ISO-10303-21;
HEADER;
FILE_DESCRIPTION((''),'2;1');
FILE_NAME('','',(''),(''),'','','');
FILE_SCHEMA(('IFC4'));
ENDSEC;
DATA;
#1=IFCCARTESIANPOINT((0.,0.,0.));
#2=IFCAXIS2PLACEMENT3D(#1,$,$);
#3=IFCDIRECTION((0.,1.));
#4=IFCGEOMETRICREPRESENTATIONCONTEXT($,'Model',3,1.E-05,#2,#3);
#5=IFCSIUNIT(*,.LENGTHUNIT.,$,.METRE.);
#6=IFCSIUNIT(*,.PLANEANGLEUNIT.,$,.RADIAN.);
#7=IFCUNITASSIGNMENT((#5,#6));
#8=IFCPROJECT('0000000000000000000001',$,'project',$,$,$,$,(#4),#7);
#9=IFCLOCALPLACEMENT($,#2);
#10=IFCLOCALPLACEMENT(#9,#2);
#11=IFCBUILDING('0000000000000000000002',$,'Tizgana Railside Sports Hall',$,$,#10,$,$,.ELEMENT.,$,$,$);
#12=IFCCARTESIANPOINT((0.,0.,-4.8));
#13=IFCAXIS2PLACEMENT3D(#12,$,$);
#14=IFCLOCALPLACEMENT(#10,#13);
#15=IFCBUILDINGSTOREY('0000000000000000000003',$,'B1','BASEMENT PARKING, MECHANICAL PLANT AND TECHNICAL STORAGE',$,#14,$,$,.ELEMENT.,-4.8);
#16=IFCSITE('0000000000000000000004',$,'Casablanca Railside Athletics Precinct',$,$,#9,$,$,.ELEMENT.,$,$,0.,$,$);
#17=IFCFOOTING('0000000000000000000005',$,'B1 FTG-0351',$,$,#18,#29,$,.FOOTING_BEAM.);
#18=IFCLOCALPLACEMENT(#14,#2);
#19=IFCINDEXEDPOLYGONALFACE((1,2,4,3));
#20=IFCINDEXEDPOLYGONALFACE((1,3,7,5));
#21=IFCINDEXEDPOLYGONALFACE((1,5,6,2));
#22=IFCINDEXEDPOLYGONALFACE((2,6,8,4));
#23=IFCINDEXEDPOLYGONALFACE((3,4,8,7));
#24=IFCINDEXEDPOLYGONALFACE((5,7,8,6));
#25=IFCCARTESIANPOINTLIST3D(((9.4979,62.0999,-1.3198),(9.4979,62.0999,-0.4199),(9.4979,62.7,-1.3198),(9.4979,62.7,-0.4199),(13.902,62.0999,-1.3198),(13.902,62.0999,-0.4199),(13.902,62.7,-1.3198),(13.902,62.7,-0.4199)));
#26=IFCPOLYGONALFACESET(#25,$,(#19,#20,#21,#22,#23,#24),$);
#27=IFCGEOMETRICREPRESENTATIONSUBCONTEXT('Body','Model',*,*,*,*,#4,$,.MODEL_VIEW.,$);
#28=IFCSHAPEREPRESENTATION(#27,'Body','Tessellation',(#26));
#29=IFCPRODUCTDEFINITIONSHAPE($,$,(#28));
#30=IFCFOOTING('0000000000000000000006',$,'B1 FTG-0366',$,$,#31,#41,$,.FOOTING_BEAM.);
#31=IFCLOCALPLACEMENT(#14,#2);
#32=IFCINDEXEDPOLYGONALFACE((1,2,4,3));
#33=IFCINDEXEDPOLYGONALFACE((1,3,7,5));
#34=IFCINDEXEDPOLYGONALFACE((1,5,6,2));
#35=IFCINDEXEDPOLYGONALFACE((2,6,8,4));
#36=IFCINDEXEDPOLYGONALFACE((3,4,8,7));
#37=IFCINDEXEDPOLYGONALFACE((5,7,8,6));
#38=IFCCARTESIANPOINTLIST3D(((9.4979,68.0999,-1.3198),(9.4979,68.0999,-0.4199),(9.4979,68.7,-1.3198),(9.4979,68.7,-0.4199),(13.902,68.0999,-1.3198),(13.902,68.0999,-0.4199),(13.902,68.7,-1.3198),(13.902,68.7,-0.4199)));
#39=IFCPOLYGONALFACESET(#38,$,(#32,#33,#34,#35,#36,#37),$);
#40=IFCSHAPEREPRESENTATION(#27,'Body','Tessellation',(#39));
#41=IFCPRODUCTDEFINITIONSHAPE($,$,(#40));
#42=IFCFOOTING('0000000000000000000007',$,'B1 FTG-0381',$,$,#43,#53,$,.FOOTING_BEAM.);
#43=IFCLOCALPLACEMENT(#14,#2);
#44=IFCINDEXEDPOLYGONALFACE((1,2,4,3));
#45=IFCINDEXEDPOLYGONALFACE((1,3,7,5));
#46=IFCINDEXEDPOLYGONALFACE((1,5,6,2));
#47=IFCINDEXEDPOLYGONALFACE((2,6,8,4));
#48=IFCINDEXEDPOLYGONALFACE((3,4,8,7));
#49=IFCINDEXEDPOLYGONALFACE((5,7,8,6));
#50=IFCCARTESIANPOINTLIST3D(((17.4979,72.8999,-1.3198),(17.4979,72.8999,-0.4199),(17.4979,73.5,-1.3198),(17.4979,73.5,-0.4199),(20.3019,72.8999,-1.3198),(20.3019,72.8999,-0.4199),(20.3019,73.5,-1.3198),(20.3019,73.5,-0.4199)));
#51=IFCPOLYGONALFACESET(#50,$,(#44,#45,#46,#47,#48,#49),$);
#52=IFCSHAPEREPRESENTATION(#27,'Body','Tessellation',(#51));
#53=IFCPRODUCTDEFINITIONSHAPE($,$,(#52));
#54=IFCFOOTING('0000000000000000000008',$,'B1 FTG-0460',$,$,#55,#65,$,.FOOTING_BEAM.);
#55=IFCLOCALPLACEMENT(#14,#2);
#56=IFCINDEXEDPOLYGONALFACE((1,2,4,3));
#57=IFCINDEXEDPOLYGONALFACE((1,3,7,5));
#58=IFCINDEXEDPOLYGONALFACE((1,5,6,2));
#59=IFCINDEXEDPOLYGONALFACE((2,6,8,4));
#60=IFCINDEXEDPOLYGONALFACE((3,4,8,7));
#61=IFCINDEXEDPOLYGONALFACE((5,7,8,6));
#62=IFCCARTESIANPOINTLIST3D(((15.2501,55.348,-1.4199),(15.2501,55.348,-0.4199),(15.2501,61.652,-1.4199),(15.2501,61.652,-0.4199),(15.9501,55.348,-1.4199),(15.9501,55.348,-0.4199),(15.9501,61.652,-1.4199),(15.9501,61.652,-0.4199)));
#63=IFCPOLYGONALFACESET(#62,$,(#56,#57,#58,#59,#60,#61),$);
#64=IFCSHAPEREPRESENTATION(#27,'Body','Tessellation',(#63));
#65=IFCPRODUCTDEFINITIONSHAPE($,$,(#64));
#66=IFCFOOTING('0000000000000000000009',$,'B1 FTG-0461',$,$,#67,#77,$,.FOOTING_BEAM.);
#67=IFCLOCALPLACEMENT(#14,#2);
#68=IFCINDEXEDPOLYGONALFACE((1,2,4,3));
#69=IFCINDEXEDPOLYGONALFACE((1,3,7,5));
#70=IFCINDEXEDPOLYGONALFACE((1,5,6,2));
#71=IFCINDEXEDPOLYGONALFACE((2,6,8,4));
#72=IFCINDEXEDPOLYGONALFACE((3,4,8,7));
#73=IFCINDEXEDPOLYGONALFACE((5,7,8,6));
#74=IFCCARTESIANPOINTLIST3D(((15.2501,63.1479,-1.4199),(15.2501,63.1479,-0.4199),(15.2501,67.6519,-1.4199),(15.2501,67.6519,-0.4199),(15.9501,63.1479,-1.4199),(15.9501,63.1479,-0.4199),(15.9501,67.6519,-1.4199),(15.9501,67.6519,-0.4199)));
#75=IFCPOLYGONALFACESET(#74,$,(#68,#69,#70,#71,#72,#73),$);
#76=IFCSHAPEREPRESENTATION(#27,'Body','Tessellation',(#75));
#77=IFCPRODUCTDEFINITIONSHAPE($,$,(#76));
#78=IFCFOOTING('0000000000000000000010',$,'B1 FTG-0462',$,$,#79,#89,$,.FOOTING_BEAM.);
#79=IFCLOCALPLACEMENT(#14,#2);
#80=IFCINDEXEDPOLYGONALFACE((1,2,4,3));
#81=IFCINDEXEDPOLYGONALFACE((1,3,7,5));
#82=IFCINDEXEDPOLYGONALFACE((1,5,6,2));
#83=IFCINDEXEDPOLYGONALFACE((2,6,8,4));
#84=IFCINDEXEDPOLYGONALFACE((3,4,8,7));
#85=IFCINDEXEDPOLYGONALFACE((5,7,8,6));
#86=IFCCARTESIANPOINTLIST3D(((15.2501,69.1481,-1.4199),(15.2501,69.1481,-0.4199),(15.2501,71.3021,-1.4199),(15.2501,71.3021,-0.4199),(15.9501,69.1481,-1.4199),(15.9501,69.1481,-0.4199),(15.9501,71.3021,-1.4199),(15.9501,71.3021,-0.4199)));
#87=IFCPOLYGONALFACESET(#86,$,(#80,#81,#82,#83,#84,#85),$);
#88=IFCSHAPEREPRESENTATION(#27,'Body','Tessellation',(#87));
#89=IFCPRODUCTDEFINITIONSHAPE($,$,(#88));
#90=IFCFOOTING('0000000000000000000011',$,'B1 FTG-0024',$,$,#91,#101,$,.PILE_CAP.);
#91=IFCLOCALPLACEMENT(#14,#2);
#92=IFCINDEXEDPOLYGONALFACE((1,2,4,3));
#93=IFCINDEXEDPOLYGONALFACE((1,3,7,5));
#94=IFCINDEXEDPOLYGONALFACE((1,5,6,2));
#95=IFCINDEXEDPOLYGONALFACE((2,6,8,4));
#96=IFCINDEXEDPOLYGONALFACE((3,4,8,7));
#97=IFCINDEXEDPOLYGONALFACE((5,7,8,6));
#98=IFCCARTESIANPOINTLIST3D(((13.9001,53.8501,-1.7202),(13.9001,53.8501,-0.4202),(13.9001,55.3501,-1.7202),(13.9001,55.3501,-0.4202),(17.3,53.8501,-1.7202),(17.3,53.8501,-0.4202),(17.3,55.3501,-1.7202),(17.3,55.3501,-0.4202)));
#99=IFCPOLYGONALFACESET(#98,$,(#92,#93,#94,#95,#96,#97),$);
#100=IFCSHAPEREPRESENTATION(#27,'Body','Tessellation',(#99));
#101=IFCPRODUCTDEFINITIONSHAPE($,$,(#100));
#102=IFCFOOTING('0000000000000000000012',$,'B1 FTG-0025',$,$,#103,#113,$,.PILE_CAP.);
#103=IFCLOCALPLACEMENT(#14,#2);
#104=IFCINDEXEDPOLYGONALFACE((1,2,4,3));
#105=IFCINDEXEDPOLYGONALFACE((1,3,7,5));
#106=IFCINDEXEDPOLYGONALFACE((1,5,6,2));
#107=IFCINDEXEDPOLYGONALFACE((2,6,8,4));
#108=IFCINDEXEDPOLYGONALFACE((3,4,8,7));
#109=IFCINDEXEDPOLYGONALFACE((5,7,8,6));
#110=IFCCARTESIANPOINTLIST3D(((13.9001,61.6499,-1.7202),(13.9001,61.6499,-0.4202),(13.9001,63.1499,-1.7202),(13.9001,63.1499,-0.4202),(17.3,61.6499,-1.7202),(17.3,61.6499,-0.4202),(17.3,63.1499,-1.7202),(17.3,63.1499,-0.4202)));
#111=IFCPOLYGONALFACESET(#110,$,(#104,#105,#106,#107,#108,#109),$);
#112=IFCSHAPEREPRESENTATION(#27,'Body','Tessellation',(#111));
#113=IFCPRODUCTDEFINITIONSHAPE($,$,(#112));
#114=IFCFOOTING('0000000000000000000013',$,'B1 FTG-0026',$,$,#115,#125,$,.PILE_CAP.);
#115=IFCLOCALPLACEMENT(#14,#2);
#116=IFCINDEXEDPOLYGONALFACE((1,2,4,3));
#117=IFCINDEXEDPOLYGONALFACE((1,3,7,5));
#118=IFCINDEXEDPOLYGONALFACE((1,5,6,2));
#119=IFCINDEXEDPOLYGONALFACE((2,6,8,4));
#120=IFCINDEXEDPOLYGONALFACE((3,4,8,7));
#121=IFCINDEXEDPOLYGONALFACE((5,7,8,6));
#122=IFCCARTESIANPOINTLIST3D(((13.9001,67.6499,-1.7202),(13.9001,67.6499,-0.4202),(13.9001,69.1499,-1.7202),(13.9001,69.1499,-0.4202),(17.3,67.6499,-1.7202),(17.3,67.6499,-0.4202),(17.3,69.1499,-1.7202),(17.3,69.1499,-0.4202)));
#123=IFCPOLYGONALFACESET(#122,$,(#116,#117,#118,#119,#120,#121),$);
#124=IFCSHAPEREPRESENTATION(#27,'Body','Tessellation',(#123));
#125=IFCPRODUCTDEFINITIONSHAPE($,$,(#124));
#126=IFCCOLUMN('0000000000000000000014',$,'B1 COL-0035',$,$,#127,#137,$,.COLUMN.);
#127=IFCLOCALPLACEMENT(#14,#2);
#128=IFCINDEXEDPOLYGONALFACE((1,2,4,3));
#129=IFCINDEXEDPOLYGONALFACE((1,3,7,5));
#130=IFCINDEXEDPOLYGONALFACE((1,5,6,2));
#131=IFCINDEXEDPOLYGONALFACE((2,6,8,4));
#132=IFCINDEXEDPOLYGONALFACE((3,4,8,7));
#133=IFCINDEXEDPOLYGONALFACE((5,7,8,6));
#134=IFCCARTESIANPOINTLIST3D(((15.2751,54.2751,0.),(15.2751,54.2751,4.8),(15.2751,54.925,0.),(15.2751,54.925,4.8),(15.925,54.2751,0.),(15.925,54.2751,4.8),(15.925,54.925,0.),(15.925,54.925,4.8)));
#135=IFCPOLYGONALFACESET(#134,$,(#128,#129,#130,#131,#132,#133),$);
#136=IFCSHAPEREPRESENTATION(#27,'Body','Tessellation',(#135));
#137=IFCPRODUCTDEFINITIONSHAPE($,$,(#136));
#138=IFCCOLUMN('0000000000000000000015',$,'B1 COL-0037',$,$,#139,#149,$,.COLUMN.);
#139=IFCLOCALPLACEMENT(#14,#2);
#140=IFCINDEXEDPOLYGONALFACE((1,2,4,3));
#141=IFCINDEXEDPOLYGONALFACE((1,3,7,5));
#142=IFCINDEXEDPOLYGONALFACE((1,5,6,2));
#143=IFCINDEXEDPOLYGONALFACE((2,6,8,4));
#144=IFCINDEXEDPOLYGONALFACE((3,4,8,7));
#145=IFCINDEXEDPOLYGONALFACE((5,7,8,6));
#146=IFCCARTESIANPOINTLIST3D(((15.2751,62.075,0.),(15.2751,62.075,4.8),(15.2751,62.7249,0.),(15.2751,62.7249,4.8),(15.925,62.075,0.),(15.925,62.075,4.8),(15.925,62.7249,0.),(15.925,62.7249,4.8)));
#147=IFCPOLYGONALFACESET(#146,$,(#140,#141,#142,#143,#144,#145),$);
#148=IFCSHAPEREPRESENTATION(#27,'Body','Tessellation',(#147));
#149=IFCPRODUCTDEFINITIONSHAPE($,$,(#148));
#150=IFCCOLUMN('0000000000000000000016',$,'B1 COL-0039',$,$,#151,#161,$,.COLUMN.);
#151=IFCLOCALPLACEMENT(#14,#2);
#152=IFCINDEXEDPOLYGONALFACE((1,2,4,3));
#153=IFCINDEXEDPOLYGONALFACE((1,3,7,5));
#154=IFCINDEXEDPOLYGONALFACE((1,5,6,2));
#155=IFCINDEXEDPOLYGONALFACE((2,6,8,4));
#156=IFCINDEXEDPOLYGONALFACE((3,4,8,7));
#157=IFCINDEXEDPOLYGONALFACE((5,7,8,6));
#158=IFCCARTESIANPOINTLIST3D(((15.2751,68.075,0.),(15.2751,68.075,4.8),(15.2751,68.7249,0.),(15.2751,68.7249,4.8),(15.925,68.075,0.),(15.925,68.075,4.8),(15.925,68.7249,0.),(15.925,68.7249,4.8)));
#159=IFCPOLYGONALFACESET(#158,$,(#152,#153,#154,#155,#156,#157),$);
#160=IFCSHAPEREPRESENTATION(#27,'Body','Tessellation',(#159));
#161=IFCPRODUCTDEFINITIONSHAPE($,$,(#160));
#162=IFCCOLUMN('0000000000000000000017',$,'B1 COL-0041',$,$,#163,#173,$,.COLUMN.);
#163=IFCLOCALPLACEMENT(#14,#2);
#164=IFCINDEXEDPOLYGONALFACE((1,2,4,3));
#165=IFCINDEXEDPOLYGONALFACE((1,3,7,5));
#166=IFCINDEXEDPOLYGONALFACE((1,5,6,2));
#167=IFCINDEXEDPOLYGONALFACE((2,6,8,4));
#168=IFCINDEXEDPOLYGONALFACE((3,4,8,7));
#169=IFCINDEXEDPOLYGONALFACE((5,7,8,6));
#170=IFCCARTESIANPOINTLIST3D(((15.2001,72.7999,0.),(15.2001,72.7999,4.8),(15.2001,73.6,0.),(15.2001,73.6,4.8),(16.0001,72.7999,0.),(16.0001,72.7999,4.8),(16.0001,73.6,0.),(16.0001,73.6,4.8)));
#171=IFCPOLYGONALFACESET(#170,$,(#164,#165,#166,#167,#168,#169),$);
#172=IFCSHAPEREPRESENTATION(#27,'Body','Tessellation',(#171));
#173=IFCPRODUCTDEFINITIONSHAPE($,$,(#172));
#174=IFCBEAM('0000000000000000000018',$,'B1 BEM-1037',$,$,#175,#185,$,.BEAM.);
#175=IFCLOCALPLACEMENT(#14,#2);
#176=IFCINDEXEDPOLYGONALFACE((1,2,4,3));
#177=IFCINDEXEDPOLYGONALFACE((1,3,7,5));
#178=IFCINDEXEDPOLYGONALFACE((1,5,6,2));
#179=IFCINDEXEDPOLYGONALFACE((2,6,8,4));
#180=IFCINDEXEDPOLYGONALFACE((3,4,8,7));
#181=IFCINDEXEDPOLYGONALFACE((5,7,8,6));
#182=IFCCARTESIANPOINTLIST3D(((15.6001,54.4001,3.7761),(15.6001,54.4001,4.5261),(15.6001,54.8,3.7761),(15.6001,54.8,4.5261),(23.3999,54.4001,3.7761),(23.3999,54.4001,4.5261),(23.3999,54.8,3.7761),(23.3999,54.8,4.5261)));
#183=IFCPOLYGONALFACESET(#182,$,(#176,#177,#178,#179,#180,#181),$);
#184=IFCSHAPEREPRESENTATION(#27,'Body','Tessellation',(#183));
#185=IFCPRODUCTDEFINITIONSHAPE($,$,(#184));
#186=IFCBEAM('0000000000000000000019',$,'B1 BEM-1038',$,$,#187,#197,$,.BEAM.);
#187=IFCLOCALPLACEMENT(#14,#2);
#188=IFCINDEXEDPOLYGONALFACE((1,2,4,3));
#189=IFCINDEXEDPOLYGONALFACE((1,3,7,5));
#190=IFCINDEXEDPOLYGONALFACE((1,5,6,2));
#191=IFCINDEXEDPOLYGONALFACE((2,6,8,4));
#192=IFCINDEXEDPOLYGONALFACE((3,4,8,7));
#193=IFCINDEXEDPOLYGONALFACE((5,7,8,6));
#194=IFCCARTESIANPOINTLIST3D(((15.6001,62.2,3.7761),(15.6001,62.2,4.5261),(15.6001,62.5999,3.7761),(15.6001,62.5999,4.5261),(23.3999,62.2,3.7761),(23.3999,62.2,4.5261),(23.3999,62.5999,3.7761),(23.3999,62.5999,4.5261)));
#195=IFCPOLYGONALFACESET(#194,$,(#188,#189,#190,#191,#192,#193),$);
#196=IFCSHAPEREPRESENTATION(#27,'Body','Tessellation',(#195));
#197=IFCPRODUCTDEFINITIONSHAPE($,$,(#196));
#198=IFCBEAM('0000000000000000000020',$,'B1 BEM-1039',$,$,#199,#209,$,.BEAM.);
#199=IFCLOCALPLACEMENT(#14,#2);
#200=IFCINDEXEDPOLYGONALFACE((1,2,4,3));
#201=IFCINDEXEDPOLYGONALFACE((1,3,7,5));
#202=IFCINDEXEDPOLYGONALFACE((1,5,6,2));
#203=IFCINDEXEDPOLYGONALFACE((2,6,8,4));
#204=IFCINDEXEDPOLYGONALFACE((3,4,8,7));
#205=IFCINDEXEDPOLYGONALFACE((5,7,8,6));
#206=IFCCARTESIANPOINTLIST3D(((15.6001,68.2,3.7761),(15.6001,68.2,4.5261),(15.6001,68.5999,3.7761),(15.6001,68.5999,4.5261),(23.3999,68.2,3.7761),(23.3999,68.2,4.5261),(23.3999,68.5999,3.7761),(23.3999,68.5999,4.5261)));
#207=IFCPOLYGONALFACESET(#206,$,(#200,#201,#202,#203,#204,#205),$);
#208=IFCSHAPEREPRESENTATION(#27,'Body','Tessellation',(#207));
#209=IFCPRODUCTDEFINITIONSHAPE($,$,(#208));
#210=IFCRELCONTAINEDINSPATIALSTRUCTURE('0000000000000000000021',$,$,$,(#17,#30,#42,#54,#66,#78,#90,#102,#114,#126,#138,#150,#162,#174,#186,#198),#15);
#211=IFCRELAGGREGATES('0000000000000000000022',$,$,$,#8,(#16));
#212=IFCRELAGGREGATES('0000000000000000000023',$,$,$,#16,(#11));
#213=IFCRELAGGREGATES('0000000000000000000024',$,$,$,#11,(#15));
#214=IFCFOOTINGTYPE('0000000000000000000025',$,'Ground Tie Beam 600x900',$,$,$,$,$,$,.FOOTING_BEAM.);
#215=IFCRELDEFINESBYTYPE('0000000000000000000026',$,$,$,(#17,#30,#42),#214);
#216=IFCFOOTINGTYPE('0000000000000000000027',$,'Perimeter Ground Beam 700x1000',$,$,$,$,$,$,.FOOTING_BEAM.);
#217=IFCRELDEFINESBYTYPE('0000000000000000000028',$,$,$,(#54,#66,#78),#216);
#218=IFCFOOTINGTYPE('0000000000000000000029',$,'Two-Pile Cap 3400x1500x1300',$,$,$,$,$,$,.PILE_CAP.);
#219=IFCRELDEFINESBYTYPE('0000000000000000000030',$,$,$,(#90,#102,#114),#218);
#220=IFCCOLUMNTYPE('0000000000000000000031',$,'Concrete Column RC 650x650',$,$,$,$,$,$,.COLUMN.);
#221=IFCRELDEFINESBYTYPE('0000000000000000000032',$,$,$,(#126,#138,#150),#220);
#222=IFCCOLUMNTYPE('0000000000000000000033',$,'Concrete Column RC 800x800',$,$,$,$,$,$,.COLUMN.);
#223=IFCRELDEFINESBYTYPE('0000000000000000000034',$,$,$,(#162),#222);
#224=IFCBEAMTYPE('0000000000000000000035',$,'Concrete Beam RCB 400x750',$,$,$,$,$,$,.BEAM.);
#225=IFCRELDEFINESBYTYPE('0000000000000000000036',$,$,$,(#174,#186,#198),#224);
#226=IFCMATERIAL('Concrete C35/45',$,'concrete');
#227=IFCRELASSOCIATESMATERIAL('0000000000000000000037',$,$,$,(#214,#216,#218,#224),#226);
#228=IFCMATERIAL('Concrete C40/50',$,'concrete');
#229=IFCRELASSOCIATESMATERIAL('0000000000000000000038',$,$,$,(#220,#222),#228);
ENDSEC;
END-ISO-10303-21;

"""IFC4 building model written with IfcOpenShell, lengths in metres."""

from ifc_helpers import new_model, si_unit, direction, frame, origin, origin_2d, place, context, subcontext, project, spatial, rectangle, extrude, material, material_profile, profile_set, type_object, element, save


model = new_model("IFC4")

# Units and contexts
model_context = context("Model", 3, precision=1e-05, world=origin(), true_north=direction((0.0, 1.0)))
body_context = subcontext(model_context, "Body", "Model", "MODEL_VIEW")
ifc_project = project(units=[si_unit("LENGTHUNIT", "METRE"), si_unit("PLANEANGLEUNIT", "RADIAN")], contexts=[model_context])

# Site, building, storey
site_placement = place(None, origin())
site = spatial("IfcSite", under=ifc_project, at=site_placement, Name="Casablanca Railside Athletics Precinct", CompositionType="ELEMENT", RefElevation=0.0)
building_placement = place(site_placement, origin())
building = spatial("IfcBuilding", under=site, at=building_placement, Name="Tizgana Railside Sports Hall", CompositionType="ELEMENT")
storey_placement = place(building_placement, frame((0.0, 0.0, -4.8)))
storey = spatial("IfcBuildingStorey", under=building, at=storey_placement, Name="B1", Description="BASEMENT PARKING, MECHANICAL PLANT AND TECHNICAL STORAGE", CompositionType="ELEMENT", Elevation=-4.8)

# Shared definitions
ifc_material_1 = material(Name="Concrete C35/45", Category="concrete")

# Footings
footing_type_1 = type_object("IfcFootingType", Name="Ground Tie Beam 600x900", PredefinedType="FOOTING_BEAM", material=ifc_material_1)
for number, where, z_axis, x_axis, name in (
    (1, (11.7, 62.3999, -1.3198), (0.0, 0.0, 1.0), (1.0, 0.0, 0.0), "B1 FTG-0351"),
    (2, (11.7, 68.3999, -1.3198), (0.0, 0.0, 1.0), (1.0, 0.0, 0.0), "B1 FTG-0366"),
):
    element("IfcFooting", number, at=place(storey_placement, frame(where, z_axis=z_axis, x_axis=x_axis)), inside=storey, type_object=footing_type_1, Name=name, PredefinedType="FOOTING_BEAM", context=body_context, shape_type="SweptSolid", body=[
        extrude(rectangle(XDim=4.4041, YDim=0.6001, at=origin_2d()), origin(), (0.0, 0.0, 1.0), 0.8999),
    ])
footing_1_placement = place(storey_placement, frame((18.8999, 73.2, -1.3198), z_axis=(0.0, 0.0, 1.0), x_axis=(1.0, 0.0, 0.0)))
element("IfcFooting", 3, at=footing_1_placement, inside=storey, type_object=footing_type_1, Name="B1 FTG-0381", PredefinedType="FOOTING_BEAM", context=body_context, shape_type="SweptSolid", body=[
    extrude(rectangle(XDim=2.804, YDim=0.6001, at=origin_2d()), origin(), (0.0, 0.0, 1.0), 0.8999),
])
footing_type_2 = type_object("IfcFootingType", Name="Perimeter Ground Beam 700x1000", PredefinedType="FOOTING_BEAM", material=ifc_material_1)
footing_2_placement = place(storey_placement, frame((15.6001, 58.5, -1.4199), z_axis=(0.0, 0.0, 1.0), x_axis=(0.0, 1.0, 0.0)))
element("IfcFooting", 4, at=footing_2_placement, inside=storey, type_object=footing_type_2, Name="B1 FTG-0460", PredefinedType="FOOTING_BEAM", context=body_context, shape_type="SweptSolid", body=[
    extrude(rectangle(XDim=6.304, YDim=0.7, at=origin_2d()), origin(), (0.0, 0.0, 1.0), 1.0),
])
footing_3_placement = place(storey_placement, frame((15.6001, 65.3999, -1.4199), z_axis=(0.0, 0.0, 1.0), x_axis=(0.0, 1.0, 0.0)))
element("IfcFooting", 5, at=footing_3_placement, inside=storey, type_object=footing_type_2, Name="B1 FTG-0461", PredefinedType="FOOTING_BEAM", context=body_context, shape_type="SweptSolid", body=[
    extrude(rectangle(XDim=4.5039, YDim=0.7, at=origin_2d()), origin(), (0.0, 0.0, 1.0), 1.0),
])
footing_4_placement = place(storey_placement, frame((15.6001, 70.2251, -1.4199), z_axis=(0.0, 0.0, 1.0), x_axis=(0.0, 1.0, 0.0)))
element("IfcFooting", 6, at=footing_4_placement, inside=storey, type_object=footing_type_2, Name="B1 FTG-0462", PredefinedType="FOOTING_BEAM", context=body_context, shape_type="SweptSolid", body=[
    extrude(rectangle(XDim=2.1541, YDim=0.7, at=origin_2d()), origin(), (0.0, 0.0, 1.0), 1.0),
])
footing_type_3 = type_object("IfcFootingType", Name="Two-Pile Cap 3400x1500x1300", PredefinedType="PILE_CAP", material=ifc_material_1)
for number, where, z_axis, x_axis, name in (
    (7, (15.6001, 54.6001, -1.7202), (0.0, 0.0, 1.0), (1.0, 0.0, 0.0), "B1 FTG-0024"),
    (8, (15.6001, 62.3999, -1.7202), (0.0, 0.0, 1.0), (1.0, 0.0, 0.0), "B1 FTG-0025"),
    (9, (15.6001, 68.3999, -1.7202), (0.0, 0.0, 1.0), (1.0, 0.0, 0.0), "B1 FTG-0026"),
):
    element("IfcFooting", number, at=place(storey_placement, frame(where, z_axis=z_axis, x_axis=x_axis)), inside=storey, type_object=footing_type_3, Name=name, PredefinedType="PILE_CAP", context=body_context, shape_type="SweptSolid", body=[
        extrude(rectangle(XDim=3.3999, YDim=1.5, at=origin_2d()), origin(), (0.0, 0.0, 1.0), 1.3),
    ])

# Columns
ifc_material_2 = material(Name="Concrete C40/50", Category="concrete")
ifc_material_profile_1 = material_profile(ifc_material_2, rectangle(XDim=0.6499, YDim=0.6499, at=origin_2d()), Name="RC 650x650")
ifc_profile_set_1 = profile_set([ifc_material_profile_1], Name="Concrete C40/50")
column_type_1 = type_object("IfcColumnType", Name="Concrete Column RC 650x650", PredefinedType="COLUMN", material=ifc_profile_set_1)
for number, where, z_axis, x_axis, name in (
    (10, (15.6001, 54.6001, 0.0), (0.0, 0.0, 1.0), (1.0, 0.0, 0.0), "B1 COL-0035"),
    (11, (15.6001, 62.3999, 0.0), (0.0, 0.0, 1.0), (1.0, 0.0, 0.0), "B1 COL-0037"),
    (12, (15.6001, 68.3999, 0.0), (0.0, 0.0, 1.0), (1.0, 0.0, 0.0), "B1 COL-0039"),
):
    element("IfcColumn", number, at=place(storey_placement, frame(where, z_axis=z_axis, x_axis=x_axis)), inside=storey, type_object=column_type_1, Name=name, PredefinedType="COLUMN", context=body_context, shape_type="SweptSolid", body=[
        extrude(rectangle(XDim=0.6499, YDim=0.6499, at=origin_2d()), origin(), (0.0, 0.0, 1.0), 4.8),
    ])
ifc_material_profile_2 = material_profile(ifc_material_2, rectangle(XDim=0.8, YDim=0.8, at=origin_2d()), Name="RC 800x800")
ifc_profile_set_2 = profile_set([ifc_material_profile_2], Name="Concrete C40/50")
column_type_2 = type_object("IfcColumnType", Name="Concrete Column RC 800x800", PredefinedType="COLUMN", material=ifc_profile_set_2)
column_placement = place(storey_placement, frame((15.6001, 73.2, 0.0), z_axis=(0.0, 0.0, 1.0), x_axis=(1.0, 0.0, 0.0)))
element("IfcColumn", 13, at=column_placement, inside=storey, type_object=column_type_2, Name="B1 COL-0041", PredefinedType="COLUMN", context=body_context, shape_type="SweptSolid", body=[
    extrude(rectangle(XDim=0.8, YDim=0.8, at=origin_2d()), origin(), (0.0, 0.0, 1.0), 4.8),
])

# Beams
ifc_material_profile_3 = material_profile(ifc_material_1, rectangle(XDim=0.3999, YDim=0.75, at=origin_2d()), Name="RCB 400x750")
ifc_profile_set_3 = profile_set([ifc_material_profile_3], Name="Concrete C35/45")
beam_type_1 = type_object("IfcBeamType", Name="Concrete Beam RCB 400x750", PredefinedType="BEAM", material=ifc_profile_set_3)
for number, where, z_axis, x_axis, name in (
    (14, (15.6001, 54.6001, 4.1511), (1.0, 0.0, 0.0), (0.0, 1.0, 0.0), "B1 BEM-1037"),
    (15, (15.6001, 62.3999, 4.1511), (1.0, 0.0, 0.0), (0.0, 1.0, 0.0), "B1 BEM-1038"),
    (16, (15.6001, 68.3999, 4.1511), (1.0, 0.0, 0.0), (0.0, 1.0, 0.0), "B1 BEM-1039"),
):
    element("IfcBeam", number, at=place(storey_placement, frame(where, z_axis=z_axis, x_axis=x_axis)), inside=storey, type_object=beam_type_1, Name=name, PredefinedType="BEAM", context=body_context, shape_type="SweptSolid", body=[
        extrude(rectangle(XDim=0.3999, YDim=0.75, at=origin_2d()), origin(), (0.0, 0.0, 1.0), 7.7998),
    ])

save(model, "model.ifc")
